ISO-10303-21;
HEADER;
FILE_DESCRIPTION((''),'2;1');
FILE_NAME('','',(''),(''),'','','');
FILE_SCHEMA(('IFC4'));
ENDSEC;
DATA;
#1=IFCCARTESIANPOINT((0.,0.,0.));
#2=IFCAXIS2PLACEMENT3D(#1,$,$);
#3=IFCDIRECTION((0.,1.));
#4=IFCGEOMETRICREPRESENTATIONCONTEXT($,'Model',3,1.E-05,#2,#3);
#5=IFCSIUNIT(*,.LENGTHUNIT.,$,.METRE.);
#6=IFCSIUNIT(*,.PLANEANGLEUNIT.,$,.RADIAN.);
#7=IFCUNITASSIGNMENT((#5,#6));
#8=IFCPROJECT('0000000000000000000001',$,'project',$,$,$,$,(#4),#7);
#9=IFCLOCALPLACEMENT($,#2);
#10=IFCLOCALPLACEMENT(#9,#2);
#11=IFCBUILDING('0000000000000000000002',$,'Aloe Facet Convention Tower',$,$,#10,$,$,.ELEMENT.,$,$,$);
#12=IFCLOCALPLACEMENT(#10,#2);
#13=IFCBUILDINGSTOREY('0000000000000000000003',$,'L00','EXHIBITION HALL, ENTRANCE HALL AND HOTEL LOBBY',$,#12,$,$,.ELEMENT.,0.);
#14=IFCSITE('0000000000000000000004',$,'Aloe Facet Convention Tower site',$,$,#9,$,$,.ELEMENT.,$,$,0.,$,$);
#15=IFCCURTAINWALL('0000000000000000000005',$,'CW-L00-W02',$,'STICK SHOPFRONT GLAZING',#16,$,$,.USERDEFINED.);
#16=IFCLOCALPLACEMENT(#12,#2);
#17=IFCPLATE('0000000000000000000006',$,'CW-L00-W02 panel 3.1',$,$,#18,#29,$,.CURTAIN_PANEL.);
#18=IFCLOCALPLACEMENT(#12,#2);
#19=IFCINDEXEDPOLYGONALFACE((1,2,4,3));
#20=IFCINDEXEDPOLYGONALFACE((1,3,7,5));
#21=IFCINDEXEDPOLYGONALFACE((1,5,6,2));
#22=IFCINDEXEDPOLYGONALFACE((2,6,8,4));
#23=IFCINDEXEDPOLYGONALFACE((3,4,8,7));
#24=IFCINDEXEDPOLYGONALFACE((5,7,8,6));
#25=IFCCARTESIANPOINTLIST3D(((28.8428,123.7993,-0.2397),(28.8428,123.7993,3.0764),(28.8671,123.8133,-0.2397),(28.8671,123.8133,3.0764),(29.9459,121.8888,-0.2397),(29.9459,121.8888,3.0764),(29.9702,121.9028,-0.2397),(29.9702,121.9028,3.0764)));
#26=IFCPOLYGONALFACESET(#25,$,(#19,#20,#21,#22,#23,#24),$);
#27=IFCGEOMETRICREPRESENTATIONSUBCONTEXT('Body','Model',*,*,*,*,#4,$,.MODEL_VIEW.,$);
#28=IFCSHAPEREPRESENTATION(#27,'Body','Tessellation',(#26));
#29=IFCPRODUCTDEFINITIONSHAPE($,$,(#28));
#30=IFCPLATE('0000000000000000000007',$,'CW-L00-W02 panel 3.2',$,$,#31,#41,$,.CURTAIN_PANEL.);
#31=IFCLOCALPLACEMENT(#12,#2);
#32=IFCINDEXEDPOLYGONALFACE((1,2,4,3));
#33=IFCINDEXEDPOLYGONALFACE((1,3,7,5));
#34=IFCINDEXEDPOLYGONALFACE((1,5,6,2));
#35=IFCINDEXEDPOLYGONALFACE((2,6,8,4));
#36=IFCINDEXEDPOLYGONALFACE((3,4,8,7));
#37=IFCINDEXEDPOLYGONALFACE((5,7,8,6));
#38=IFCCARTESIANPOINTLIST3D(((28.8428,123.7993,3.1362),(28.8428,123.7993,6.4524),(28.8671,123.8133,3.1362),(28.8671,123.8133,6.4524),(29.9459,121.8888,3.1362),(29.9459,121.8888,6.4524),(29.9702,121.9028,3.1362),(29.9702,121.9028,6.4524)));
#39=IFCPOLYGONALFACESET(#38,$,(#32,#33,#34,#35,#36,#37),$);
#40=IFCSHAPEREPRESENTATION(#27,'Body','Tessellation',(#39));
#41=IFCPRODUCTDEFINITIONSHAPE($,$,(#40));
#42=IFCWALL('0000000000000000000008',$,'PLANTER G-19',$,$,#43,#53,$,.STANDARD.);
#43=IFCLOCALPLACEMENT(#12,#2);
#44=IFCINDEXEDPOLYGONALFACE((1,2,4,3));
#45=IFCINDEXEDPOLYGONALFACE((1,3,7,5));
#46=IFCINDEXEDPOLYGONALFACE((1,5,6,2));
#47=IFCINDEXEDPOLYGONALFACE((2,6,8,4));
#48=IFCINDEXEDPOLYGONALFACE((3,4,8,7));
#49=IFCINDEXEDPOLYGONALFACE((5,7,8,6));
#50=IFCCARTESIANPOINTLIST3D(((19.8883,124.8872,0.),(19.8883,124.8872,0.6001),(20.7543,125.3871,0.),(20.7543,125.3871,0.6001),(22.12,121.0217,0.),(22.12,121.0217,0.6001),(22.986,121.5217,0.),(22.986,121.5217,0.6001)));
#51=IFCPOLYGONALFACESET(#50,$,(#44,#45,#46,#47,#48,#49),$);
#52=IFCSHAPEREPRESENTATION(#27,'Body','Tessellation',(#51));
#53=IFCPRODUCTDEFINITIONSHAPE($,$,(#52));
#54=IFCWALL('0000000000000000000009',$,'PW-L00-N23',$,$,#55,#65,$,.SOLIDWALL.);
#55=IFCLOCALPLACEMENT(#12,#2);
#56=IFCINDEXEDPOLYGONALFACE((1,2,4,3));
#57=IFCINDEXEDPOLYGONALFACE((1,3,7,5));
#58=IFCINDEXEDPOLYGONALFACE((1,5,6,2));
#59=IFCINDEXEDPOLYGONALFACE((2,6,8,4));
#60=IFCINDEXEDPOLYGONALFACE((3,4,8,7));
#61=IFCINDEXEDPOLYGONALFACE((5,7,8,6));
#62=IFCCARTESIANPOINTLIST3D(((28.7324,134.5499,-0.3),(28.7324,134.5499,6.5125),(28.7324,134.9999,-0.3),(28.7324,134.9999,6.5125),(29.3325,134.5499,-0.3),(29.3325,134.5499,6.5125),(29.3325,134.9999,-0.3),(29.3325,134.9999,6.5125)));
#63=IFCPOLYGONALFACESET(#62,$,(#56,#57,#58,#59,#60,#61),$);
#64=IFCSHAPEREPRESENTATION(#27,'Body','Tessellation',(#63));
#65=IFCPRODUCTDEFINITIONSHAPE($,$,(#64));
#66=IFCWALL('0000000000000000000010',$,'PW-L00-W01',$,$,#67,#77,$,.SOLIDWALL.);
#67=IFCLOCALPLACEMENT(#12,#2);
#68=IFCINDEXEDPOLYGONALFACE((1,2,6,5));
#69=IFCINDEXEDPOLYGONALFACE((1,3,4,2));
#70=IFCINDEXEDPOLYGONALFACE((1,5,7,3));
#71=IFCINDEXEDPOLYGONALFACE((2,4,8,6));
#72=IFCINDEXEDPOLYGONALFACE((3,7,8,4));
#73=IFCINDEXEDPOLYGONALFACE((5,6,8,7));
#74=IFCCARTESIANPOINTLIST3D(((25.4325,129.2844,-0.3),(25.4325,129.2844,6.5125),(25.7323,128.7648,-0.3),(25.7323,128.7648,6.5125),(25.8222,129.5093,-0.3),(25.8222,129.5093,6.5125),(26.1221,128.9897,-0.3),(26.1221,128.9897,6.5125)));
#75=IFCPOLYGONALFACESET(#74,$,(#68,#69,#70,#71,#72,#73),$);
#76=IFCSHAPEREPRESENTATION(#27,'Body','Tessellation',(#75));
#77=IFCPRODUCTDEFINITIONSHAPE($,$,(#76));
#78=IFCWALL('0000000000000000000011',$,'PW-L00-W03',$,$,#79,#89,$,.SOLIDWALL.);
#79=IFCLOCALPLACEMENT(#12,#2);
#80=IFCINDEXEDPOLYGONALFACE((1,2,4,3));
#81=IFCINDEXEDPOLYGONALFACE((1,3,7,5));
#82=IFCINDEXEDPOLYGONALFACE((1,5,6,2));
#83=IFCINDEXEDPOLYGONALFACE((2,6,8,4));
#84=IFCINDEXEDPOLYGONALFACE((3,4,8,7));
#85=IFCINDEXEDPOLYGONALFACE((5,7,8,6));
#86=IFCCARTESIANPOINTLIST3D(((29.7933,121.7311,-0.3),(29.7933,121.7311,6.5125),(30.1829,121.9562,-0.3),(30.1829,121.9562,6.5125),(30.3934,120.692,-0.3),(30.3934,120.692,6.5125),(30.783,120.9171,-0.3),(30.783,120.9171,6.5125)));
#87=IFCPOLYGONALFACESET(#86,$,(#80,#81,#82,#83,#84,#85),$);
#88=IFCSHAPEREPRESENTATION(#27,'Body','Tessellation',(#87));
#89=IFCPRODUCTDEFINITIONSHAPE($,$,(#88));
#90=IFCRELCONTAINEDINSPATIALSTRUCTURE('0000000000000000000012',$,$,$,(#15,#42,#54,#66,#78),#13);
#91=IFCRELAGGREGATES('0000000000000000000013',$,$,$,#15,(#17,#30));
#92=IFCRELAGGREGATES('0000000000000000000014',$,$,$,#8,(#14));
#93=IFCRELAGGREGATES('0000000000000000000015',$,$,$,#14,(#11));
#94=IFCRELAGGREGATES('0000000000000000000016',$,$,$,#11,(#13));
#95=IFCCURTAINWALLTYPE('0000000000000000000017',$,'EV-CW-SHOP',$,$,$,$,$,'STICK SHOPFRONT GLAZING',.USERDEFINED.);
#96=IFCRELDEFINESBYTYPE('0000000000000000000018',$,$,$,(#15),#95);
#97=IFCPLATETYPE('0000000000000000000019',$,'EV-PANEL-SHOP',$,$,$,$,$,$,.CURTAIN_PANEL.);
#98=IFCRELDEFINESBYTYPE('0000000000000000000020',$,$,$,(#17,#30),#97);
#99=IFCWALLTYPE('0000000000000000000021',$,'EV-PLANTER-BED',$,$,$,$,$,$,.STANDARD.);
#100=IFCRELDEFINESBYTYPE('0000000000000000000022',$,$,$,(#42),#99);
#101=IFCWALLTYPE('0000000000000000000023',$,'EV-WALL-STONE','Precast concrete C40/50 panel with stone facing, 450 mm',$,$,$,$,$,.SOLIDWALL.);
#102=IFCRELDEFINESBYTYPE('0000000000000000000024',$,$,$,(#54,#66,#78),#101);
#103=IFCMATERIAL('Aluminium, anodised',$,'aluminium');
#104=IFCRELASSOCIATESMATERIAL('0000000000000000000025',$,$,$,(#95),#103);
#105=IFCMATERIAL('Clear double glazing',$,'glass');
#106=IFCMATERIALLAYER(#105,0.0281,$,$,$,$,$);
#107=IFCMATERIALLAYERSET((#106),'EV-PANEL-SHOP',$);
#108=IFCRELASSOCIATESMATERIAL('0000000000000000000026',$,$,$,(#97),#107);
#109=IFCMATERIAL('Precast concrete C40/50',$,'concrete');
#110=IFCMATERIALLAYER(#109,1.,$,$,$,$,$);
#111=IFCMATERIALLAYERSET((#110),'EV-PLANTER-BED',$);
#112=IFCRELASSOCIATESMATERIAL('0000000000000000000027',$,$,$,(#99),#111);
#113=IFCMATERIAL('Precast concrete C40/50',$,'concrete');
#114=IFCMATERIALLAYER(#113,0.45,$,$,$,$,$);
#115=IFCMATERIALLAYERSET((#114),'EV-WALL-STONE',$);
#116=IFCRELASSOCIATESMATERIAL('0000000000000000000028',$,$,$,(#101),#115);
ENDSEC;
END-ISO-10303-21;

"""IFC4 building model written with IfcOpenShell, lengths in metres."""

from ifc_helpers import new_model, si_unit, direction, frame, frame_2d, origin, origin_2d, place, context, subcontext, project, spatial, rectangle, extrude, material, layer, layer_set, type_object, element, aggregate, save


model = new_model("IFC4")

# Units and contexts
model_context = context("Model", 3, precision=1e-05, world=origin(), true_north=direction((0.0, 1.0)))
body_context = subcontext(model_context, "Body", "Model", "MODEL_VIEW")
ifc_project = project(units=[si_unit("LENGTHUNIT", "METRE"), si_unit("PLANEANGLEUNIT", "RADIAN")], contexts=[model_context])

# Site, building, storey
site_placement = place(None, origin())
site = spatial("IfcSite", under=ifc_project, at=site_placement, Name="Aloe Facet Convention Tower site", CompositionType="ELEMENT", RefElevation=0.0)
building_placement = place(site_placement, origin())
building = spatial("IfcBuilding", under=site, at=building_placement, Name="Aloe Facet Convention Tower", CompositionType="ELEMENT")
storey_placement = place(building_placement, origin())
storey = spatial("IfcBuildingStorey", under=building, at=storey_placement, Name="L00", Description="EXHIBITION HALL, ENTRANCE HALL AND HOTEL LOBBY", CompositionType="ELEMENT", Elevation=0.0)

# Curtain wall
ifc_material_1 = material(Name="Aluminium, anodised", Category="aluminium")
curtain_wall_type = type_object("IfcCurtainWallType", Name="EV-CW-SHOP", ElementType="STICK SHOPFRONT GLAZING", PredefinedType="USERDEFINED", material=ifc_material_1)
curtain_wall_placement = place(storey_placement, origin())
curtain_wall = element("IfcCurtainWall", 1, at=curtain_wall_placement, inside=storey, type_object=curtain_wall_type, Name="CW-L00-W02", ObjectType="STICK SHOPFRONT GLAZING", PredefinedType="USERDEFINED")

# Plates
ifc_material_2 = material(Name="Clear double glazing", Category="glass")
ifc_layer_1 = layer(ifc_material_2, 0.0281)
ifc_layer_set_1 = layer_set([ifc_layer_1], Name="EV-PANEL-SHOP")
plate_type = type_object("IfcPlateType", Name="EV-PANEL-SHOP", PredefinedType="CURTAIN_PANEL", material=ifc_layer_set_1)
plate_1_placement = place(storey_placement, frame((29.4065, 122.8511, -0.2397), z_axis=(0.0, 0.0, 1.0), x_axis=(0.5, -0.866025, 0.0)))
plate_1 = element("IfcPlate", 2, at=plate_1_placement, type_object=plate_type, Name="CW-L00-W02 panel 3.1", PredefinedType="CURTAIN_PANEL", context=body_context, shape_type="SweptSolid", body=[
    extrude(rectangle(XDim=2.2061, YDim=0.0281, at=origin_2d()), origin(), (0.0, 0.0, 1.0), 3.3162),
])
plate_2_placement = place(storey_placement, frame((29.4065, 122.8511, 3.1362), z_axis=(0.0, 0.0, 1.0), x_axis=(0.5, -0.866025, 0.0)))
plate_2 = element("IfcPlate", 3, at=plate_2_placement, type_object=plate_type, Name="CW-L00-W02 panel 3.2", PredefinedType="CURTAIN_PANEL", context=body_context, shape_type="SweptSolid", body=[
    extrude(rectangle(XDim=2.2061, YDim=0.0281, at=origin_2d()), origin(), (0.0, 0.0, 1.0), 3.3162),
])
aggregate(curtain_wall, [plate_1, plate_2])

# Walls
ifc_material_3 = material(Name="Precast concrete C40/50", Category="concrete")
ifc_layer_2 = layer(ifc_material_3, 1.0)
ifc_layer_set_2 = layer_set([ifc_layer_2], Name="EV-PLANTER-BED")
wall_type_1 = type_object("IfcWallType", Name="EV-PLANTER-BED", PredefinedType="STANDARD", material=ifc_layer_set_2)
wall_1_placement = place(storey_placement, frame((22.553, 121.2717, 0.0), z_axis=(0.0, 0.0, 1.0), x_axis=(-0.499992, 0.86603, 0.0)))
element("IfcWall", 4, at=wall_1_placement, inside=storey, type_object=wall_type_1, Name="PLANTER G-19", PredefinedType="STANDARD", context=body_context, shape_type="SweptSolid", body=[
    extrude(rectangle(XDim=4.4634, YDim=1.0, at=frame_2d((2.2317, 0.0))), origin(), (0.0, 0.0, 1.0), 0.6001),
])
ifc_material_4 = material(Name="Precast concrete C40/50", Category="concrete")
ifc_layer_3 = layer(ifc_material_4, 0.45)
ifc_layer_set_3 = layer_set([ifc_layer_3], Name="EV-WALL-STONE")
wall_type_2 = type_object("IfcWallType", Name="EV-WALL-STONE", Description="Precast concrete C40/50 panel with stone facing, 450 mm", PredefinedType="SOLIDWALL", material=ifc_layer_set_3)
wall_2_placement = place(storey_placement, frame((29.3325, 134.7749, -0.3), z_axis=(0.0, 0.0, 1.0), x_axis=(-1.0, 0.0, 0.0)))
element("IfcWall", 5, at=wall_2_placement, inside=storey, type_object=wall_type_2, Name="PW-L00-N23", PredefinedType="SOLIDWALL", context=body_context, shape_type="SweptSolid", body=[
    extrude(rectangle(XDim=0.6001, YDim=0.45, at=frame_2d((0.3, 0.0))), origin(), (0.0, 0.0, 1.0), 6.8125),
])
wall_3_placement = place(storey_placement, frame((25.6274, 129.3967, -0.3), z_axis=(0.0, 0.0, 1.0), x_axis=(0.499816, -0.866131, 0.0)))
element("IfcWall", 6, at=wall_3_placement, inside=storey, type_object=wall_type_2, Name="PW-L00-W01", PredefinedType="SOLIDWALL", context=body_context, shape_type="SweptSolid", body=[
    extrude(rectangle(XDim=0.5999, YDim=0.45, at=frame_2d((0.2998, 0.0))), origin(), (0.0, 0.0, 1.0), 6.8125),
])
wall_4_placement = place(storey_placement, frame((29.988, 121.8438, -0.3), z_axis=(0.0, 0.0, 1.0), x_axis=(0.500122, -0.865955, 0.0)))
element("IfcWall", 7, at=wall_4_placement, inside=storey, type_object=wall_type_2, Name="PW-L00-W03", PredefinedType="SOLIDWALL", context=body_context, shape_type="SweptSolid", body=[
    extrude(rectangle(XDim=1.2, YDim=0.45, at=frame_2d((0.6001, 0.0))), origin(), (0.0, 0.0, 1.0), 6.8125),
])

save(model, "model.ifc")
